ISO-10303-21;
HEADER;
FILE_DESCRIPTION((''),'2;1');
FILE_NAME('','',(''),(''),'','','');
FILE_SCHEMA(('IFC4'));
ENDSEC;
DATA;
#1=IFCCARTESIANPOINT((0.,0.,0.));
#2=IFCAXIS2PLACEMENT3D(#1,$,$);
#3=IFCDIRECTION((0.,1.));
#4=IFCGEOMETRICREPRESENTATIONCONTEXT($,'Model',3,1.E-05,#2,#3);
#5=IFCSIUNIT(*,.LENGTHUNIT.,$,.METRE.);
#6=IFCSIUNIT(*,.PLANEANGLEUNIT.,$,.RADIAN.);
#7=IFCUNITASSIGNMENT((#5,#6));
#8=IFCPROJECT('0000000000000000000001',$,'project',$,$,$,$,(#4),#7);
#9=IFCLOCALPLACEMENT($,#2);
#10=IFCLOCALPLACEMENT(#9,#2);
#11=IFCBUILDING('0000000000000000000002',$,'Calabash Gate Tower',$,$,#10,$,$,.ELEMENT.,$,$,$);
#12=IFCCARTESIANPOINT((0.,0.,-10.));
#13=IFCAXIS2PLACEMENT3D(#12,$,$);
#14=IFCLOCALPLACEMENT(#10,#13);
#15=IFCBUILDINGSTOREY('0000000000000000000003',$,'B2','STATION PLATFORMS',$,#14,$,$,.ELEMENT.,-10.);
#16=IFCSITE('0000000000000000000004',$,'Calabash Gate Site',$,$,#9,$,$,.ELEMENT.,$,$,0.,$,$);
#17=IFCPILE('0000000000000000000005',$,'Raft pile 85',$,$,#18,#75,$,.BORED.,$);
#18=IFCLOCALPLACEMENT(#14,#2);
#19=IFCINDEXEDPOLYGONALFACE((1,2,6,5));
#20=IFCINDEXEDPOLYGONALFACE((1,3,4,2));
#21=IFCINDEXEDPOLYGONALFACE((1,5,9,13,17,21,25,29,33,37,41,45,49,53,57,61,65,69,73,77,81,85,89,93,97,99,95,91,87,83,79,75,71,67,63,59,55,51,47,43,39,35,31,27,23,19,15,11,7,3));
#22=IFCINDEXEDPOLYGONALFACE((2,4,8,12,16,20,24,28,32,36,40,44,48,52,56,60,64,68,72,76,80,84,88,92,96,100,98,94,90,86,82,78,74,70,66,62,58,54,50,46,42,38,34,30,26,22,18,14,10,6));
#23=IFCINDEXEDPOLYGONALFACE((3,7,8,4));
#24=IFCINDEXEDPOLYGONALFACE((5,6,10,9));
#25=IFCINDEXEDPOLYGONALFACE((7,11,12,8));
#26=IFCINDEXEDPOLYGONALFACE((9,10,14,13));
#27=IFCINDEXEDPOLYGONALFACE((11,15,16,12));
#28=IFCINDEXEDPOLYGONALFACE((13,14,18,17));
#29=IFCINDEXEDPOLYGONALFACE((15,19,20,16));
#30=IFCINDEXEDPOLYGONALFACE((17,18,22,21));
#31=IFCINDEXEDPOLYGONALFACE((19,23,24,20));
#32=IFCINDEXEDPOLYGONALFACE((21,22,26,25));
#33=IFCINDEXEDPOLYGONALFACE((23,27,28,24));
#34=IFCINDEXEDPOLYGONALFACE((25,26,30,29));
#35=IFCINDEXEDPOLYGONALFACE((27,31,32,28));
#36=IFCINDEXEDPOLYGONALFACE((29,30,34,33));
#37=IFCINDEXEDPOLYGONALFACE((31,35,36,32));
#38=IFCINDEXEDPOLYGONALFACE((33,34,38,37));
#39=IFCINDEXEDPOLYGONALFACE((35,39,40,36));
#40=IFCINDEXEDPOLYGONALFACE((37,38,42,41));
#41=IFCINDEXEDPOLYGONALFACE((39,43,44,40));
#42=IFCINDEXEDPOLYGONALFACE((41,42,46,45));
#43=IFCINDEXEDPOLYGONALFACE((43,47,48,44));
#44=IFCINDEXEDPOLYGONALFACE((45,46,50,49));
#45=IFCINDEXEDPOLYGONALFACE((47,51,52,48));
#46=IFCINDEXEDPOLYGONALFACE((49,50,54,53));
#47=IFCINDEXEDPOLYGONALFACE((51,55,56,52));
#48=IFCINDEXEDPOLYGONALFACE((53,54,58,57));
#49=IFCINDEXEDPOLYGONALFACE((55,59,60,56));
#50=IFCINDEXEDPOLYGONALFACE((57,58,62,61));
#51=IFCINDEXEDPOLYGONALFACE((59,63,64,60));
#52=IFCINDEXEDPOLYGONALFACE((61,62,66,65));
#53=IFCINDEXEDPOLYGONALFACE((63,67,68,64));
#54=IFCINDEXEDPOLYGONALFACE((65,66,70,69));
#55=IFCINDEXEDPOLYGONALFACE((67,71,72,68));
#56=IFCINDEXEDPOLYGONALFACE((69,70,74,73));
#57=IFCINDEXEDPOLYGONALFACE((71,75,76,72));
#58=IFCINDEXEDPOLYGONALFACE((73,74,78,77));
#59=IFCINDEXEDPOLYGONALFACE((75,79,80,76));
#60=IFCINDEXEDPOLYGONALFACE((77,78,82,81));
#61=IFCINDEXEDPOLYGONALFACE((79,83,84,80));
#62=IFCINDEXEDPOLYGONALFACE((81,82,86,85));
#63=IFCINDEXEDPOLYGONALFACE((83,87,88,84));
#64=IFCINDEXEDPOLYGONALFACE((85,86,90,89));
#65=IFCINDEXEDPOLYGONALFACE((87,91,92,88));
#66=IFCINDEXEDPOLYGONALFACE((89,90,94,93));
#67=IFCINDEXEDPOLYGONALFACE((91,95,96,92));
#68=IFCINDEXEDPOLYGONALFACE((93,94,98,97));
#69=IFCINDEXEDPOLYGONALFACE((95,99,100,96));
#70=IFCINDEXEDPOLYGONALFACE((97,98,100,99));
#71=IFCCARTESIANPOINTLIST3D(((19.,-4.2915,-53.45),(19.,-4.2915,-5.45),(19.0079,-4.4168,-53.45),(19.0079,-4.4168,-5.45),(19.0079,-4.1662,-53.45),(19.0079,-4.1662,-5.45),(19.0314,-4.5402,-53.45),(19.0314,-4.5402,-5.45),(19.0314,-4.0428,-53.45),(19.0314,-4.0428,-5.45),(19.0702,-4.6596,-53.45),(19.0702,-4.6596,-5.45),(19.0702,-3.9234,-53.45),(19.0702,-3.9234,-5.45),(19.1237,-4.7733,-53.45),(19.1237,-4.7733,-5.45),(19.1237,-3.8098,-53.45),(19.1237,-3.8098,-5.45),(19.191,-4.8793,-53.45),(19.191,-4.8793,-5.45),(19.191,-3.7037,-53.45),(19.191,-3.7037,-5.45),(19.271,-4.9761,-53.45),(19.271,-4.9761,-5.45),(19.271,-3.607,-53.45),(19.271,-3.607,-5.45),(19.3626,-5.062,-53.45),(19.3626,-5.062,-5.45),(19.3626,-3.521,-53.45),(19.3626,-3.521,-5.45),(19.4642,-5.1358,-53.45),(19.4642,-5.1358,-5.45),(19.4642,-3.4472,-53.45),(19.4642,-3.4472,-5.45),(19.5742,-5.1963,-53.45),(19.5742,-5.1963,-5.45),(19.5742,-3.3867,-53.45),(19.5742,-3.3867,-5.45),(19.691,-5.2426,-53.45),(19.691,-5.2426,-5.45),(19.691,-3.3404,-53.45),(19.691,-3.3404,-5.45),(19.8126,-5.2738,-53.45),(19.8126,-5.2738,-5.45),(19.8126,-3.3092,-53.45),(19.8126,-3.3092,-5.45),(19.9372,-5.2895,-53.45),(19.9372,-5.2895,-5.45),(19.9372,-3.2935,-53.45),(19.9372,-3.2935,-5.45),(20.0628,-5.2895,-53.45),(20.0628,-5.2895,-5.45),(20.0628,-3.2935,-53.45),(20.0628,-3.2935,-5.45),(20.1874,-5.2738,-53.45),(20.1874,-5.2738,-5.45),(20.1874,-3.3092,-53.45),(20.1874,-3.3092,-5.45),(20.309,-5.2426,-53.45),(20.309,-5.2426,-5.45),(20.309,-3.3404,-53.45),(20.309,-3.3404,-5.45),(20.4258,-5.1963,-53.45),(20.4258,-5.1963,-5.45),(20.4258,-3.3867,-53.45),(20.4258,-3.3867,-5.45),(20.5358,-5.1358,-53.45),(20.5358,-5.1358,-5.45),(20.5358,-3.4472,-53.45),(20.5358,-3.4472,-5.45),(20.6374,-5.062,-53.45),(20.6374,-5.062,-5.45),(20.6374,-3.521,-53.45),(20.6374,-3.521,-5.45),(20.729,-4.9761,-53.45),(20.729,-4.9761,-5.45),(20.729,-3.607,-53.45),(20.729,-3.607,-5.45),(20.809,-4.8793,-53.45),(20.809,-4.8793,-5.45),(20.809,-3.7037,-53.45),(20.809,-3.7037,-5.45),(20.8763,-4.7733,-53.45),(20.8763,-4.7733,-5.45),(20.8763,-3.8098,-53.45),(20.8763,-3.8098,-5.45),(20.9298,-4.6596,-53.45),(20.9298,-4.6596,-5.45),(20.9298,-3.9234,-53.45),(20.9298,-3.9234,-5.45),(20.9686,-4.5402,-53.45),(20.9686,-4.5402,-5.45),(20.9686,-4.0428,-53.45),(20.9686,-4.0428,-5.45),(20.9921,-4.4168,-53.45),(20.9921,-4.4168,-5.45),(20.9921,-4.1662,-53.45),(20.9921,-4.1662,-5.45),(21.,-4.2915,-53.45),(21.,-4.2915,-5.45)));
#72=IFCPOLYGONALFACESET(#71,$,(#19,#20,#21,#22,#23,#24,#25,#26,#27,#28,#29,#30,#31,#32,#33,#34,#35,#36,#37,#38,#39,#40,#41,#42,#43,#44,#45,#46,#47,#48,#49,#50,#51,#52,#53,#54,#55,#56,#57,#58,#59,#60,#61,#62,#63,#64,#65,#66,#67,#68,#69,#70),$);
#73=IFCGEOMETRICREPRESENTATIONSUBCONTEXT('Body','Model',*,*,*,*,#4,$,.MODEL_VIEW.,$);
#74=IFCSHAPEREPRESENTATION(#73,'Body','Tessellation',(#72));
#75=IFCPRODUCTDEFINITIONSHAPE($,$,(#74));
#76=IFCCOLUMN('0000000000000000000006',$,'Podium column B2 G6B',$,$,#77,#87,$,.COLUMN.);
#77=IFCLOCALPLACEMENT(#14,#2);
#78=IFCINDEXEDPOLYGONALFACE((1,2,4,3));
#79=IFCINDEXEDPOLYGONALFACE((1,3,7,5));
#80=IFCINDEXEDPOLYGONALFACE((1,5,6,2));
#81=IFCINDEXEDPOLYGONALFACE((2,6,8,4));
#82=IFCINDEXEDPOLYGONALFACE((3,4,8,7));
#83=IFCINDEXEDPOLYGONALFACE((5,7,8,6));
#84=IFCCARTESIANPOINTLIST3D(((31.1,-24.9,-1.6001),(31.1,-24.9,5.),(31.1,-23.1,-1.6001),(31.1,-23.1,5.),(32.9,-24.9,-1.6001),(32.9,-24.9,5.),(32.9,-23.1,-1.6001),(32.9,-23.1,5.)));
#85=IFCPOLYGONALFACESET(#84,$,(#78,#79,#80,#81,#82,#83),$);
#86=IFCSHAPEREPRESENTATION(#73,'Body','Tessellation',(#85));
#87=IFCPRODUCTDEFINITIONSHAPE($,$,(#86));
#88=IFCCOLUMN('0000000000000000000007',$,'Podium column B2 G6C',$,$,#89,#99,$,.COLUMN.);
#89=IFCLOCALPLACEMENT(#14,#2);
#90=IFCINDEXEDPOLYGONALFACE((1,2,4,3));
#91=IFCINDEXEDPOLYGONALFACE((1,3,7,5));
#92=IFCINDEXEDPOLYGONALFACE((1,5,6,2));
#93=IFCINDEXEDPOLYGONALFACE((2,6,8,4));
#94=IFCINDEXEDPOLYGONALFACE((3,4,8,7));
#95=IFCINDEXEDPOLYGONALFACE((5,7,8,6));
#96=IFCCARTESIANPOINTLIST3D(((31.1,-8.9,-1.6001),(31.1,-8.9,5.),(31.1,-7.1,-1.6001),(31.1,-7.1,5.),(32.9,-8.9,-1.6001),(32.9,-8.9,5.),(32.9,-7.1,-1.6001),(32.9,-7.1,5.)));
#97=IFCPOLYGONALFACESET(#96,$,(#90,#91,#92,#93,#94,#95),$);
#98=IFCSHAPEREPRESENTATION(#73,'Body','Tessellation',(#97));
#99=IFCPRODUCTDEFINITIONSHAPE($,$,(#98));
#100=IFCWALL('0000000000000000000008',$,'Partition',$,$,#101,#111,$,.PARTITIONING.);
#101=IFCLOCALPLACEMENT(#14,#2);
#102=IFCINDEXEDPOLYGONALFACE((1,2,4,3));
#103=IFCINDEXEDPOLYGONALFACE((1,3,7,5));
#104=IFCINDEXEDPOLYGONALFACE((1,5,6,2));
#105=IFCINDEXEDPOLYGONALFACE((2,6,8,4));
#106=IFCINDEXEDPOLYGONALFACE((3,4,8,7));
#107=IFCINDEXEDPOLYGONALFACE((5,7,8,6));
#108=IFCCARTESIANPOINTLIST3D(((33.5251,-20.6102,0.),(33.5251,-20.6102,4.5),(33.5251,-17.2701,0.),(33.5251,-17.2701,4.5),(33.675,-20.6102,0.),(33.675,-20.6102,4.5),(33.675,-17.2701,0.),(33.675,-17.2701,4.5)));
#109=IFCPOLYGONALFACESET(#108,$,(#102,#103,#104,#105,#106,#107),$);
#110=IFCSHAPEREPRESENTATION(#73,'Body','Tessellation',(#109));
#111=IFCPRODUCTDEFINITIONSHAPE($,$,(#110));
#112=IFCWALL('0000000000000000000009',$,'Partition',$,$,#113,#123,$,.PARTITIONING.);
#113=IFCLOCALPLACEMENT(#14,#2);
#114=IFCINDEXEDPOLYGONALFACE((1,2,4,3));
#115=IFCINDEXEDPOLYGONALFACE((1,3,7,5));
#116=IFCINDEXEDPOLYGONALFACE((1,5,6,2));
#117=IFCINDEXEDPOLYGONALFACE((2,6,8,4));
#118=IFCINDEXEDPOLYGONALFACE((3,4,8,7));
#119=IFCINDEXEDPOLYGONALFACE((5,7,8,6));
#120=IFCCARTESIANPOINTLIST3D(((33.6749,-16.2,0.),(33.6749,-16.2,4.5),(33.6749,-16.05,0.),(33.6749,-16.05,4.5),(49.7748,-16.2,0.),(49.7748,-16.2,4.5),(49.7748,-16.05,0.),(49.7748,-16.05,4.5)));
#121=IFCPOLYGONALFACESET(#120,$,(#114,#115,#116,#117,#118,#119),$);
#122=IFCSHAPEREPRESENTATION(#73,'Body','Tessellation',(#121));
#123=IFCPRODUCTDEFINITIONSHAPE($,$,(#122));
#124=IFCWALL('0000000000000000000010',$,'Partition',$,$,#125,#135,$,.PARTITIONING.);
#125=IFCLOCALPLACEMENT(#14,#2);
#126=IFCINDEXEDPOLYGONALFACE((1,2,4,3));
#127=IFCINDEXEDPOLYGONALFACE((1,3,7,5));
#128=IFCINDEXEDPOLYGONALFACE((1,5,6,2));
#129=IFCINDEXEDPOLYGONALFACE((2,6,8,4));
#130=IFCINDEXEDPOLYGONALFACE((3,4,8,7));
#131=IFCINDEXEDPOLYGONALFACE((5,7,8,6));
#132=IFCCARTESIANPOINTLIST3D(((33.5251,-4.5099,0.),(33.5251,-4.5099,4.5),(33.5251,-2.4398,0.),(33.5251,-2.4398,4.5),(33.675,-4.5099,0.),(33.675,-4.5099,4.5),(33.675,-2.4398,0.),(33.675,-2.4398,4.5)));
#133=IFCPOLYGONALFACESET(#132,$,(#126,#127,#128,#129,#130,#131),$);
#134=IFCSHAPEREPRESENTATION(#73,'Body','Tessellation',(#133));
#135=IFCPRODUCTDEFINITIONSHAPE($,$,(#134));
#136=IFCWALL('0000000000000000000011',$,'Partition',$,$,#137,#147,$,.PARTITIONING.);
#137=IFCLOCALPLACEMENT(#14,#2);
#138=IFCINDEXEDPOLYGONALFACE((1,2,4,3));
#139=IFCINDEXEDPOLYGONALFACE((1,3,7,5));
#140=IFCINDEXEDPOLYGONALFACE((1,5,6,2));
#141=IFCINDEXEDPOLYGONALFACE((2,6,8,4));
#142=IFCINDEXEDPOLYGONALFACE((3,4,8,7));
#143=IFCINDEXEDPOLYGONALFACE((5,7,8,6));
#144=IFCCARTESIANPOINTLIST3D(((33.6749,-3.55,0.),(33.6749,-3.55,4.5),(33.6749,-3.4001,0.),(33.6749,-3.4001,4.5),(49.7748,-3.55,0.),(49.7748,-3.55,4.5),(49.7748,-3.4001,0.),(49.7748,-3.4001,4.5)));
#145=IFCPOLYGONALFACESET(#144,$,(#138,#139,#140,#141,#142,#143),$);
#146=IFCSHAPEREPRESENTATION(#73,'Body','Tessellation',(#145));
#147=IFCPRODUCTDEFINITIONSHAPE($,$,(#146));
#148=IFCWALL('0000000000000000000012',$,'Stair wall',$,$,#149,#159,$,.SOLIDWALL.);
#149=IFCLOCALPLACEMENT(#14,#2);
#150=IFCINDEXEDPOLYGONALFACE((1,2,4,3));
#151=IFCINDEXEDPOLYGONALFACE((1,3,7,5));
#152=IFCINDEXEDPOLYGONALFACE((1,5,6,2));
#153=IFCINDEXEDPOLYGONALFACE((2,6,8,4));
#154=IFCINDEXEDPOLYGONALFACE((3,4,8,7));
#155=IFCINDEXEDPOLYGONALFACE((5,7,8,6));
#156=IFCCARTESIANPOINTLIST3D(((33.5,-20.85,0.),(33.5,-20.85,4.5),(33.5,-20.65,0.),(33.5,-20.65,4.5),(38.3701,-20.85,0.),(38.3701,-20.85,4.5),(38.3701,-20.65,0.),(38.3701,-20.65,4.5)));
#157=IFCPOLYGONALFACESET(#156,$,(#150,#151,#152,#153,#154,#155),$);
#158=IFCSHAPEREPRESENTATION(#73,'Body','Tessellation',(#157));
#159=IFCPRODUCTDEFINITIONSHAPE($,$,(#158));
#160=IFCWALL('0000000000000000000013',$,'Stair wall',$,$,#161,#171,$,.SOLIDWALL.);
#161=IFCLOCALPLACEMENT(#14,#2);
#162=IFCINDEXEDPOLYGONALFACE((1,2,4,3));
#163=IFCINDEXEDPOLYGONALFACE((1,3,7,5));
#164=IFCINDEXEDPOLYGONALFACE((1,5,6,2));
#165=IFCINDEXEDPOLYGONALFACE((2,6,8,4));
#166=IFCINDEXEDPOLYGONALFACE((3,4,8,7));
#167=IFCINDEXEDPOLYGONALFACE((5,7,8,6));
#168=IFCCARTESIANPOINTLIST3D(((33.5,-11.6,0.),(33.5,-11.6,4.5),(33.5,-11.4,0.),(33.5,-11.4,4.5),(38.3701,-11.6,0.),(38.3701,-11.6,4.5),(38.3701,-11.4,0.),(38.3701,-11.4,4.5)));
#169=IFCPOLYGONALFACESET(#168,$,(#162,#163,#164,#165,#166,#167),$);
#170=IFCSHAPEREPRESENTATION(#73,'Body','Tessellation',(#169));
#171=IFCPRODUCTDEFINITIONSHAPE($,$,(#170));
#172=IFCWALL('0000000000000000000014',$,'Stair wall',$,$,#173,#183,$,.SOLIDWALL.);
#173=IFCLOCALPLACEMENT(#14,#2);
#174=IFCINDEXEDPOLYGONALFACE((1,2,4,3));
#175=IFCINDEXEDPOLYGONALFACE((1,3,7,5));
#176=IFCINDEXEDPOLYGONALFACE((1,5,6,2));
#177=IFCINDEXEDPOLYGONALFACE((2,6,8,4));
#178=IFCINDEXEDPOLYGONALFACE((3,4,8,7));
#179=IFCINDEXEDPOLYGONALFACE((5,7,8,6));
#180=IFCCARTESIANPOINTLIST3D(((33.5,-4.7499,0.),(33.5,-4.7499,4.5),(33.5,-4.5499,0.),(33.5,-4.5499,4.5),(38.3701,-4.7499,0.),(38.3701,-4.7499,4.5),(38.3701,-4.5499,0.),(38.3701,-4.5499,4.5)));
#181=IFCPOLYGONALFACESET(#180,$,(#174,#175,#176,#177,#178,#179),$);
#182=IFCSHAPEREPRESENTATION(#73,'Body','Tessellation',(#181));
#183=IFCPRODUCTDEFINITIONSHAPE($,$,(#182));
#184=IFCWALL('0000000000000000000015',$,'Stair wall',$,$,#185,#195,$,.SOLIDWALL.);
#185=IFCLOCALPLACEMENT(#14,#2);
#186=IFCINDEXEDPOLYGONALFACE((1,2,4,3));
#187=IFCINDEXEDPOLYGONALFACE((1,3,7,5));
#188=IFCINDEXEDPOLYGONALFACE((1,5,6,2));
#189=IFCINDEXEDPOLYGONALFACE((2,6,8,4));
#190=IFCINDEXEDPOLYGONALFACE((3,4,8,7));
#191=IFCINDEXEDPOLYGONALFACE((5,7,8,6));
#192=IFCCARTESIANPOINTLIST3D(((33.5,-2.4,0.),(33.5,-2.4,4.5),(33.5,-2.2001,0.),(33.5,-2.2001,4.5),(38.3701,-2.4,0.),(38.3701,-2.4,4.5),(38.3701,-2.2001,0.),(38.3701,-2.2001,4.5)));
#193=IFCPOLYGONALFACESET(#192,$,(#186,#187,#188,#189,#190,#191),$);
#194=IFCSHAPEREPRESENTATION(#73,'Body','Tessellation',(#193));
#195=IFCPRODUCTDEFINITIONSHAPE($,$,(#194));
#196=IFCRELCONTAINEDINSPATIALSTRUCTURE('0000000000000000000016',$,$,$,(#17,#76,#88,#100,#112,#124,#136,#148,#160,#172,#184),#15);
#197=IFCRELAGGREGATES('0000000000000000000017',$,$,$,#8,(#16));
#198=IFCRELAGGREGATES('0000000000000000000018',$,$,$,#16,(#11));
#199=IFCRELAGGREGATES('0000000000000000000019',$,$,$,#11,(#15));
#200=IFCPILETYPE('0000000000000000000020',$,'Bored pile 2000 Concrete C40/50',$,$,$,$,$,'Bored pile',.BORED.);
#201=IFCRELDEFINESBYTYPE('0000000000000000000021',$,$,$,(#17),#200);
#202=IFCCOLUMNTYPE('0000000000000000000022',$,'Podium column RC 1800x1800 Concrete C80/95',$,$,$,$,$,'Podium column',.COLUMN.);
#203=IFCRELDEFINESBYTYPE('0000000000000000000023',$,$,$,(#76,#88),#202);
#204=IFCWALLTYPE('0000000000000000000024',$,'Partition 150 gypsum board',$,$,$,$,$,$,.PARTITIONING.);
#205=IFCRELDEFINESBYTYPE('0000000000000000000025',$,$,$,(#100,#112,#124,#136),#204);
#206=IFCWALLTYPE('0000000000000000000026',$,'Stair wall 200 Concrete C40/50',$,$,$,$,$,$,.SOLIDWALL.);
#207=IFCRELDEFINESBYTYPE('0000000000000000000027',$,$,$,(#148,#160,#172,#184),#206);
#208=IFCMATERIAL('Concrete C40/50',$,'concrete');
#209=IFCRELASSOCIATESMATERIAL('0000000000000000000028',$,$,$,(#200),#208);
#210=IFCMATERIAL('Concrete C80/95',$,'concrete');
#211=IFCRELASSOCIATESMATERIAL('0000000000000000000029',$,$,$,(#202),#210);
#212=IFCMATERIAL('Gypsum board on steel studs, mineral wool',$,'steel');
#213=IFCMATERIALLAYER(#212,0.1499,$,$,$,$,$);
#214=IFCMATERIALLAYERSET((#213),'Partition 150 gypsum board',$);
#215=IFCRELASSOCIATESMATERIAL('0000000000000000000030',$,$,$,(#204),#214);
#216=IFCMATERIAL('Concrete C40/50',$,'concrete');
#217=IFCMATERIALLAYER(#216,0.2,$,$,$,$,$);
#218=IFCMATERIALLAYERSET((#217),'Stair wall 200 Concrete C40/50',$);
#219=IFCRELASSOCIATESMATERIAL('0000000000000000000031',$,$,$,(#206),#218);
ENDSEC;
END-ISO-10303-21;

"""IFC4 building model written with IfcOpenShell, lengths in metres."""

from ifc_helpers import new_model, si_unit, direction, frame, frame_2d, origin, origin_2d, place, context, subcontext, project, spatial, rectangle, circle, extrude, material, layer, layer_set, material_profile, profile_set, type_object, element, save


model = new_model("IFC4")

# Units and contexts
model_context = context("Model", 3, precision=1e-05, world=origin(), true_north=direction((0.0, 1.0)))
body_context = subcontext(model_context, "Body", "Model", "MODEL_VIEW")
ifc_project = project(units=[si_unit("LENGTHUNIT", "METRE"), si_unit("PLANEANGLEUNIT", "RADIAN")], contexts=[model_context])

# Site, building, storey
site_placement = place(None, origin())
site = spatial("IfcSite", under=ifc_project, at=site_placement, Name="Calabash Gate Site", CompositionType="ELEMENT", RefElevation=0.0)
building_placement = place(site_placement, origin())
building = spatial("IfcBuilding", under=site, at=building_placement, Name="Calabash Gate Tower", CompositionType="ELEMENT")
storey_placement = place(building_placement, frame((0.0, 0.0, -10.0)))
storey = spatial("IfcBuildingStorey", under=building, at=storey_placement, Name="B2", Description="STATION PLATFORMS", CompositionType="ELEMENT", Elevation=-10.0)

# Pile
ifc_material_1 = material(Name="Concrete C40/50", Category="concrete")
ifc_material_profile_1 = material_profile(ifc_material_1, circle(Radius=1.0, at=origin_2d()))
ifc_profile_set_1 = profile_set([ifc_material_profile_1], Name="Concrete C40/50")
pile_type_1 = type_object("IfcPileType", Name="Bored pile 2000 Concrete C40/50", ElementType="Bored pile", PredefinedType="BORED", material=ifc_profile_set_1)
pile_placement = place(storey_placement, frame((20.0, -4.2915, -5.45), z_axis=(0.0, 0.0, -1.0), x_axis=(1.0, 0.0, 0.0)))
element("IfcPile", 1, at=pile_placement, inside=storey, type_object=pile_type_1, Name="Raft pile 85", PredefinedType="BORED", context=body_context, shape_type="SweptSolid", body=[
    extrude(circle(Radius=1.0, at=origin_2d()), origin(), (0.0, 0.0, 1.0), 48.0),
])

# Columns
ifc_material_2 = material(Name="Concrete C80/95", Category="concrete")
ifc_material_profile_2 = material_profile(ifc_material_2, rectangle(XDim=1.8, YDim=1.8, at=origin_2d()))
ifc_profile_set_2 = profile_set([ifc_material_profile_2], Name="Concrete C80/95")
column_type = type_object("IfcColumnType", Name="Podium column RC 1800x1800 Concrete C80/95", ElementType="Podium column", PredefinedType="COLUMN", material=ifc_profile_set_2)
for number, where, z_axis, x_axis, name in (
    (2, (32.0, -24.0, -1.6001), (0.0, 0.0, 1.0), (1.0, 0.0, 0.0), "Podium column B2 G6B"),
    (3, (32.0, -8.0, -1.6001), (0.0, 0.0, 1.0), (1.0, 0.0, 0.0), "Podium column B2 G6C"),
):
    element("IfcColumn", number, at=place(storey_placement, frame(where, z_axis=z_axis, x_axis=x_axis)), inside=storey, type_object=column_type, Name=name, PredefinedType="COLUMN", context=body_context, shape_type="SweptSolid", body=[
        extrude(rectangle(XDim=1.8, YDim=1.8, at=origin_2d()), origin(), (0.0, 0.0, 1.0), 6.6001),
    ])

# Walls
ifc_material_3 = material(Name="Gypsum board on steel studs, mineral wool", Category="steel")
ifc_layer_1 = layer(ifc_material_3, 0.1499)
ifc_layer_set_1 = layer_set([ifc_layer_1], Name="Partition 150 gypsum board")
wall_type_1 = type_object("IfcWallType", Name="Partition 150 gypsum board", PredefinedType="PARTITIONING", material=ifc_layer_set_1)
wall_1_placement = place(storey_placement, frame((33.6001, -20.6101, 0.0), z_axis=(0.0, 0.0, 1.0), x_axis=(0.0, 1.0, 0.0)))
element("IfcWall", 4, at=wall_1_placement, inside=storey, type_object=wall_type_1, Name="Partition", PredefinedType="PARTITIONING", context=body_context, shape_type="SweptSolid", body=[
    extrude(rectangle(XDim=3.3401, YDim=0.1499, at=frame_2d((1.6699, 0.0))), origin(), (0.0, 0.0, 1.0), 4.5),
])
wall_2_placement = place(storey_placement, frame((33.675, -16.125, 0.0), z_axis=(0.0, 0.0, 1.0), x_axis=(1.0, 0.0, 0.0)))
element("IfcWall", 5, at=wall_2_placement, inside=storey, type_object=wall_type_1, Name="Partition", PredefinedType="PARTITIONING", context=body_context, shape_type="SweptSolid", body=[
    extrude(rectangle(XDim=16.0999, YDim=0.1499, at=frame_2d((8.0498, 0.0))), origin(), (0.0, 0.0, 1.0), 4.5),
])
wall_3_placement = place(storey_placement, frame((33.6001, -4.51, 0.0), z_axis=(0.0, 0.0, 1.0), x_axis=(0.0, 1.0, 0.0)))
element("IfcWall", 6, at=wall_3_placement, inside=storey, type_object=wall_type_1, Name="Partition", PredefinedType="PARTITIONING", context=body_context, shape_type="SweptSolid", body=[
    extrude(rectangle(XDim=2.0701, YDim=0.1499, at=frame_2d((1.0352, 0.0))), origin(), (0.0, 0.0, 1.0), 4.5),
])
wall_4_placement = place(storey_placement, frame((33.675, -3.4751, 0.0), z_axis=(0.0, 0.0, 1.0), x_axis=(1.0, 0.0, 0.0)))
element("IfcWall", 7, at=wall_4_placement, inside=storey, type_object=wall_type_1, Name="Partition", PredefinedType="PARTITIONING", context=body_context, shape_type="SweptSolid", body=[
    extrude(rectangle(XDim=16.0999, YDim=0.1499, at=frame_2d((8.0498, 0.0))), origin(), (0.0, 0.0, 1.0), 4.5),
])
ifc_material_4 = material(Name="Concrete C40/50", Category="concrete")
ifc_layer_2 = layer(ifc_material_4, 0.2)
ifc_layer_set_2 = layer_set([ifc_layer_2], Name="Stair wall 200 Concrete C40/50")
wall_type_2 = type_object("IfcWallType", Name="Stair wall 200 Concrete C40/50", PredefinedType="SOLIDWALL", material=ifc_layer_set_2)
for number, where, z_axis, x_axis, name in (
    (8, (33.5, -20.75, 0.0), (0.0, 0.0, 1.0), (1.0, 0.0, 0.0), "Stair wall"),
    (9, (33.5, -11.5, 0.0), (0.0, 0.0, 1.0), (1.0, 0.0, 0.0), "Stair wall"),
    (10, (33.5, -4.6499, 0.0), (0.0, 0.0, 1.0), (1.0, 0.0, 0.0), "Stair wall"),
):
    element("IfcWall", number, at=place(storey_placement, frame(where, z_axis=z_axis, x_axis=x_axis)), inside=storey, type_object=wall_type_2, Name=name, PredefinedType="SOLIDWALL", context=body_context, shape_type="SweptSolid", body=[
        extrude(rectangle(XDim=4.8701, YDim=0.2, at=frame_2d((2.4351, 0.0))), origin(), (0.0, 0.0, 1.0), 4.5),
    ])

# Wall
wall_5_placement = place(storey_placement, frame((33.5, -2.3, 0.0), z_axis=(0.0, 0.0, 1.0), x_axis=(1.0, 0.0, 0.0)))
element("IfcWall", 11, at=wall_5_placement, inside=storey, type_object=wall_type_2, Name="Stair wall", PredefinedType="SOLIDWALL", context=body_context, shape_type="SweptSolid", body=[
    extrude(rectangle(XDim=4.8701, YDim=0.2, at=frame_2d((2.4351, 0.0))), origin(), (0.0, 0.0, 1.0), 4.5),
])

save(model, "model.ifc")
